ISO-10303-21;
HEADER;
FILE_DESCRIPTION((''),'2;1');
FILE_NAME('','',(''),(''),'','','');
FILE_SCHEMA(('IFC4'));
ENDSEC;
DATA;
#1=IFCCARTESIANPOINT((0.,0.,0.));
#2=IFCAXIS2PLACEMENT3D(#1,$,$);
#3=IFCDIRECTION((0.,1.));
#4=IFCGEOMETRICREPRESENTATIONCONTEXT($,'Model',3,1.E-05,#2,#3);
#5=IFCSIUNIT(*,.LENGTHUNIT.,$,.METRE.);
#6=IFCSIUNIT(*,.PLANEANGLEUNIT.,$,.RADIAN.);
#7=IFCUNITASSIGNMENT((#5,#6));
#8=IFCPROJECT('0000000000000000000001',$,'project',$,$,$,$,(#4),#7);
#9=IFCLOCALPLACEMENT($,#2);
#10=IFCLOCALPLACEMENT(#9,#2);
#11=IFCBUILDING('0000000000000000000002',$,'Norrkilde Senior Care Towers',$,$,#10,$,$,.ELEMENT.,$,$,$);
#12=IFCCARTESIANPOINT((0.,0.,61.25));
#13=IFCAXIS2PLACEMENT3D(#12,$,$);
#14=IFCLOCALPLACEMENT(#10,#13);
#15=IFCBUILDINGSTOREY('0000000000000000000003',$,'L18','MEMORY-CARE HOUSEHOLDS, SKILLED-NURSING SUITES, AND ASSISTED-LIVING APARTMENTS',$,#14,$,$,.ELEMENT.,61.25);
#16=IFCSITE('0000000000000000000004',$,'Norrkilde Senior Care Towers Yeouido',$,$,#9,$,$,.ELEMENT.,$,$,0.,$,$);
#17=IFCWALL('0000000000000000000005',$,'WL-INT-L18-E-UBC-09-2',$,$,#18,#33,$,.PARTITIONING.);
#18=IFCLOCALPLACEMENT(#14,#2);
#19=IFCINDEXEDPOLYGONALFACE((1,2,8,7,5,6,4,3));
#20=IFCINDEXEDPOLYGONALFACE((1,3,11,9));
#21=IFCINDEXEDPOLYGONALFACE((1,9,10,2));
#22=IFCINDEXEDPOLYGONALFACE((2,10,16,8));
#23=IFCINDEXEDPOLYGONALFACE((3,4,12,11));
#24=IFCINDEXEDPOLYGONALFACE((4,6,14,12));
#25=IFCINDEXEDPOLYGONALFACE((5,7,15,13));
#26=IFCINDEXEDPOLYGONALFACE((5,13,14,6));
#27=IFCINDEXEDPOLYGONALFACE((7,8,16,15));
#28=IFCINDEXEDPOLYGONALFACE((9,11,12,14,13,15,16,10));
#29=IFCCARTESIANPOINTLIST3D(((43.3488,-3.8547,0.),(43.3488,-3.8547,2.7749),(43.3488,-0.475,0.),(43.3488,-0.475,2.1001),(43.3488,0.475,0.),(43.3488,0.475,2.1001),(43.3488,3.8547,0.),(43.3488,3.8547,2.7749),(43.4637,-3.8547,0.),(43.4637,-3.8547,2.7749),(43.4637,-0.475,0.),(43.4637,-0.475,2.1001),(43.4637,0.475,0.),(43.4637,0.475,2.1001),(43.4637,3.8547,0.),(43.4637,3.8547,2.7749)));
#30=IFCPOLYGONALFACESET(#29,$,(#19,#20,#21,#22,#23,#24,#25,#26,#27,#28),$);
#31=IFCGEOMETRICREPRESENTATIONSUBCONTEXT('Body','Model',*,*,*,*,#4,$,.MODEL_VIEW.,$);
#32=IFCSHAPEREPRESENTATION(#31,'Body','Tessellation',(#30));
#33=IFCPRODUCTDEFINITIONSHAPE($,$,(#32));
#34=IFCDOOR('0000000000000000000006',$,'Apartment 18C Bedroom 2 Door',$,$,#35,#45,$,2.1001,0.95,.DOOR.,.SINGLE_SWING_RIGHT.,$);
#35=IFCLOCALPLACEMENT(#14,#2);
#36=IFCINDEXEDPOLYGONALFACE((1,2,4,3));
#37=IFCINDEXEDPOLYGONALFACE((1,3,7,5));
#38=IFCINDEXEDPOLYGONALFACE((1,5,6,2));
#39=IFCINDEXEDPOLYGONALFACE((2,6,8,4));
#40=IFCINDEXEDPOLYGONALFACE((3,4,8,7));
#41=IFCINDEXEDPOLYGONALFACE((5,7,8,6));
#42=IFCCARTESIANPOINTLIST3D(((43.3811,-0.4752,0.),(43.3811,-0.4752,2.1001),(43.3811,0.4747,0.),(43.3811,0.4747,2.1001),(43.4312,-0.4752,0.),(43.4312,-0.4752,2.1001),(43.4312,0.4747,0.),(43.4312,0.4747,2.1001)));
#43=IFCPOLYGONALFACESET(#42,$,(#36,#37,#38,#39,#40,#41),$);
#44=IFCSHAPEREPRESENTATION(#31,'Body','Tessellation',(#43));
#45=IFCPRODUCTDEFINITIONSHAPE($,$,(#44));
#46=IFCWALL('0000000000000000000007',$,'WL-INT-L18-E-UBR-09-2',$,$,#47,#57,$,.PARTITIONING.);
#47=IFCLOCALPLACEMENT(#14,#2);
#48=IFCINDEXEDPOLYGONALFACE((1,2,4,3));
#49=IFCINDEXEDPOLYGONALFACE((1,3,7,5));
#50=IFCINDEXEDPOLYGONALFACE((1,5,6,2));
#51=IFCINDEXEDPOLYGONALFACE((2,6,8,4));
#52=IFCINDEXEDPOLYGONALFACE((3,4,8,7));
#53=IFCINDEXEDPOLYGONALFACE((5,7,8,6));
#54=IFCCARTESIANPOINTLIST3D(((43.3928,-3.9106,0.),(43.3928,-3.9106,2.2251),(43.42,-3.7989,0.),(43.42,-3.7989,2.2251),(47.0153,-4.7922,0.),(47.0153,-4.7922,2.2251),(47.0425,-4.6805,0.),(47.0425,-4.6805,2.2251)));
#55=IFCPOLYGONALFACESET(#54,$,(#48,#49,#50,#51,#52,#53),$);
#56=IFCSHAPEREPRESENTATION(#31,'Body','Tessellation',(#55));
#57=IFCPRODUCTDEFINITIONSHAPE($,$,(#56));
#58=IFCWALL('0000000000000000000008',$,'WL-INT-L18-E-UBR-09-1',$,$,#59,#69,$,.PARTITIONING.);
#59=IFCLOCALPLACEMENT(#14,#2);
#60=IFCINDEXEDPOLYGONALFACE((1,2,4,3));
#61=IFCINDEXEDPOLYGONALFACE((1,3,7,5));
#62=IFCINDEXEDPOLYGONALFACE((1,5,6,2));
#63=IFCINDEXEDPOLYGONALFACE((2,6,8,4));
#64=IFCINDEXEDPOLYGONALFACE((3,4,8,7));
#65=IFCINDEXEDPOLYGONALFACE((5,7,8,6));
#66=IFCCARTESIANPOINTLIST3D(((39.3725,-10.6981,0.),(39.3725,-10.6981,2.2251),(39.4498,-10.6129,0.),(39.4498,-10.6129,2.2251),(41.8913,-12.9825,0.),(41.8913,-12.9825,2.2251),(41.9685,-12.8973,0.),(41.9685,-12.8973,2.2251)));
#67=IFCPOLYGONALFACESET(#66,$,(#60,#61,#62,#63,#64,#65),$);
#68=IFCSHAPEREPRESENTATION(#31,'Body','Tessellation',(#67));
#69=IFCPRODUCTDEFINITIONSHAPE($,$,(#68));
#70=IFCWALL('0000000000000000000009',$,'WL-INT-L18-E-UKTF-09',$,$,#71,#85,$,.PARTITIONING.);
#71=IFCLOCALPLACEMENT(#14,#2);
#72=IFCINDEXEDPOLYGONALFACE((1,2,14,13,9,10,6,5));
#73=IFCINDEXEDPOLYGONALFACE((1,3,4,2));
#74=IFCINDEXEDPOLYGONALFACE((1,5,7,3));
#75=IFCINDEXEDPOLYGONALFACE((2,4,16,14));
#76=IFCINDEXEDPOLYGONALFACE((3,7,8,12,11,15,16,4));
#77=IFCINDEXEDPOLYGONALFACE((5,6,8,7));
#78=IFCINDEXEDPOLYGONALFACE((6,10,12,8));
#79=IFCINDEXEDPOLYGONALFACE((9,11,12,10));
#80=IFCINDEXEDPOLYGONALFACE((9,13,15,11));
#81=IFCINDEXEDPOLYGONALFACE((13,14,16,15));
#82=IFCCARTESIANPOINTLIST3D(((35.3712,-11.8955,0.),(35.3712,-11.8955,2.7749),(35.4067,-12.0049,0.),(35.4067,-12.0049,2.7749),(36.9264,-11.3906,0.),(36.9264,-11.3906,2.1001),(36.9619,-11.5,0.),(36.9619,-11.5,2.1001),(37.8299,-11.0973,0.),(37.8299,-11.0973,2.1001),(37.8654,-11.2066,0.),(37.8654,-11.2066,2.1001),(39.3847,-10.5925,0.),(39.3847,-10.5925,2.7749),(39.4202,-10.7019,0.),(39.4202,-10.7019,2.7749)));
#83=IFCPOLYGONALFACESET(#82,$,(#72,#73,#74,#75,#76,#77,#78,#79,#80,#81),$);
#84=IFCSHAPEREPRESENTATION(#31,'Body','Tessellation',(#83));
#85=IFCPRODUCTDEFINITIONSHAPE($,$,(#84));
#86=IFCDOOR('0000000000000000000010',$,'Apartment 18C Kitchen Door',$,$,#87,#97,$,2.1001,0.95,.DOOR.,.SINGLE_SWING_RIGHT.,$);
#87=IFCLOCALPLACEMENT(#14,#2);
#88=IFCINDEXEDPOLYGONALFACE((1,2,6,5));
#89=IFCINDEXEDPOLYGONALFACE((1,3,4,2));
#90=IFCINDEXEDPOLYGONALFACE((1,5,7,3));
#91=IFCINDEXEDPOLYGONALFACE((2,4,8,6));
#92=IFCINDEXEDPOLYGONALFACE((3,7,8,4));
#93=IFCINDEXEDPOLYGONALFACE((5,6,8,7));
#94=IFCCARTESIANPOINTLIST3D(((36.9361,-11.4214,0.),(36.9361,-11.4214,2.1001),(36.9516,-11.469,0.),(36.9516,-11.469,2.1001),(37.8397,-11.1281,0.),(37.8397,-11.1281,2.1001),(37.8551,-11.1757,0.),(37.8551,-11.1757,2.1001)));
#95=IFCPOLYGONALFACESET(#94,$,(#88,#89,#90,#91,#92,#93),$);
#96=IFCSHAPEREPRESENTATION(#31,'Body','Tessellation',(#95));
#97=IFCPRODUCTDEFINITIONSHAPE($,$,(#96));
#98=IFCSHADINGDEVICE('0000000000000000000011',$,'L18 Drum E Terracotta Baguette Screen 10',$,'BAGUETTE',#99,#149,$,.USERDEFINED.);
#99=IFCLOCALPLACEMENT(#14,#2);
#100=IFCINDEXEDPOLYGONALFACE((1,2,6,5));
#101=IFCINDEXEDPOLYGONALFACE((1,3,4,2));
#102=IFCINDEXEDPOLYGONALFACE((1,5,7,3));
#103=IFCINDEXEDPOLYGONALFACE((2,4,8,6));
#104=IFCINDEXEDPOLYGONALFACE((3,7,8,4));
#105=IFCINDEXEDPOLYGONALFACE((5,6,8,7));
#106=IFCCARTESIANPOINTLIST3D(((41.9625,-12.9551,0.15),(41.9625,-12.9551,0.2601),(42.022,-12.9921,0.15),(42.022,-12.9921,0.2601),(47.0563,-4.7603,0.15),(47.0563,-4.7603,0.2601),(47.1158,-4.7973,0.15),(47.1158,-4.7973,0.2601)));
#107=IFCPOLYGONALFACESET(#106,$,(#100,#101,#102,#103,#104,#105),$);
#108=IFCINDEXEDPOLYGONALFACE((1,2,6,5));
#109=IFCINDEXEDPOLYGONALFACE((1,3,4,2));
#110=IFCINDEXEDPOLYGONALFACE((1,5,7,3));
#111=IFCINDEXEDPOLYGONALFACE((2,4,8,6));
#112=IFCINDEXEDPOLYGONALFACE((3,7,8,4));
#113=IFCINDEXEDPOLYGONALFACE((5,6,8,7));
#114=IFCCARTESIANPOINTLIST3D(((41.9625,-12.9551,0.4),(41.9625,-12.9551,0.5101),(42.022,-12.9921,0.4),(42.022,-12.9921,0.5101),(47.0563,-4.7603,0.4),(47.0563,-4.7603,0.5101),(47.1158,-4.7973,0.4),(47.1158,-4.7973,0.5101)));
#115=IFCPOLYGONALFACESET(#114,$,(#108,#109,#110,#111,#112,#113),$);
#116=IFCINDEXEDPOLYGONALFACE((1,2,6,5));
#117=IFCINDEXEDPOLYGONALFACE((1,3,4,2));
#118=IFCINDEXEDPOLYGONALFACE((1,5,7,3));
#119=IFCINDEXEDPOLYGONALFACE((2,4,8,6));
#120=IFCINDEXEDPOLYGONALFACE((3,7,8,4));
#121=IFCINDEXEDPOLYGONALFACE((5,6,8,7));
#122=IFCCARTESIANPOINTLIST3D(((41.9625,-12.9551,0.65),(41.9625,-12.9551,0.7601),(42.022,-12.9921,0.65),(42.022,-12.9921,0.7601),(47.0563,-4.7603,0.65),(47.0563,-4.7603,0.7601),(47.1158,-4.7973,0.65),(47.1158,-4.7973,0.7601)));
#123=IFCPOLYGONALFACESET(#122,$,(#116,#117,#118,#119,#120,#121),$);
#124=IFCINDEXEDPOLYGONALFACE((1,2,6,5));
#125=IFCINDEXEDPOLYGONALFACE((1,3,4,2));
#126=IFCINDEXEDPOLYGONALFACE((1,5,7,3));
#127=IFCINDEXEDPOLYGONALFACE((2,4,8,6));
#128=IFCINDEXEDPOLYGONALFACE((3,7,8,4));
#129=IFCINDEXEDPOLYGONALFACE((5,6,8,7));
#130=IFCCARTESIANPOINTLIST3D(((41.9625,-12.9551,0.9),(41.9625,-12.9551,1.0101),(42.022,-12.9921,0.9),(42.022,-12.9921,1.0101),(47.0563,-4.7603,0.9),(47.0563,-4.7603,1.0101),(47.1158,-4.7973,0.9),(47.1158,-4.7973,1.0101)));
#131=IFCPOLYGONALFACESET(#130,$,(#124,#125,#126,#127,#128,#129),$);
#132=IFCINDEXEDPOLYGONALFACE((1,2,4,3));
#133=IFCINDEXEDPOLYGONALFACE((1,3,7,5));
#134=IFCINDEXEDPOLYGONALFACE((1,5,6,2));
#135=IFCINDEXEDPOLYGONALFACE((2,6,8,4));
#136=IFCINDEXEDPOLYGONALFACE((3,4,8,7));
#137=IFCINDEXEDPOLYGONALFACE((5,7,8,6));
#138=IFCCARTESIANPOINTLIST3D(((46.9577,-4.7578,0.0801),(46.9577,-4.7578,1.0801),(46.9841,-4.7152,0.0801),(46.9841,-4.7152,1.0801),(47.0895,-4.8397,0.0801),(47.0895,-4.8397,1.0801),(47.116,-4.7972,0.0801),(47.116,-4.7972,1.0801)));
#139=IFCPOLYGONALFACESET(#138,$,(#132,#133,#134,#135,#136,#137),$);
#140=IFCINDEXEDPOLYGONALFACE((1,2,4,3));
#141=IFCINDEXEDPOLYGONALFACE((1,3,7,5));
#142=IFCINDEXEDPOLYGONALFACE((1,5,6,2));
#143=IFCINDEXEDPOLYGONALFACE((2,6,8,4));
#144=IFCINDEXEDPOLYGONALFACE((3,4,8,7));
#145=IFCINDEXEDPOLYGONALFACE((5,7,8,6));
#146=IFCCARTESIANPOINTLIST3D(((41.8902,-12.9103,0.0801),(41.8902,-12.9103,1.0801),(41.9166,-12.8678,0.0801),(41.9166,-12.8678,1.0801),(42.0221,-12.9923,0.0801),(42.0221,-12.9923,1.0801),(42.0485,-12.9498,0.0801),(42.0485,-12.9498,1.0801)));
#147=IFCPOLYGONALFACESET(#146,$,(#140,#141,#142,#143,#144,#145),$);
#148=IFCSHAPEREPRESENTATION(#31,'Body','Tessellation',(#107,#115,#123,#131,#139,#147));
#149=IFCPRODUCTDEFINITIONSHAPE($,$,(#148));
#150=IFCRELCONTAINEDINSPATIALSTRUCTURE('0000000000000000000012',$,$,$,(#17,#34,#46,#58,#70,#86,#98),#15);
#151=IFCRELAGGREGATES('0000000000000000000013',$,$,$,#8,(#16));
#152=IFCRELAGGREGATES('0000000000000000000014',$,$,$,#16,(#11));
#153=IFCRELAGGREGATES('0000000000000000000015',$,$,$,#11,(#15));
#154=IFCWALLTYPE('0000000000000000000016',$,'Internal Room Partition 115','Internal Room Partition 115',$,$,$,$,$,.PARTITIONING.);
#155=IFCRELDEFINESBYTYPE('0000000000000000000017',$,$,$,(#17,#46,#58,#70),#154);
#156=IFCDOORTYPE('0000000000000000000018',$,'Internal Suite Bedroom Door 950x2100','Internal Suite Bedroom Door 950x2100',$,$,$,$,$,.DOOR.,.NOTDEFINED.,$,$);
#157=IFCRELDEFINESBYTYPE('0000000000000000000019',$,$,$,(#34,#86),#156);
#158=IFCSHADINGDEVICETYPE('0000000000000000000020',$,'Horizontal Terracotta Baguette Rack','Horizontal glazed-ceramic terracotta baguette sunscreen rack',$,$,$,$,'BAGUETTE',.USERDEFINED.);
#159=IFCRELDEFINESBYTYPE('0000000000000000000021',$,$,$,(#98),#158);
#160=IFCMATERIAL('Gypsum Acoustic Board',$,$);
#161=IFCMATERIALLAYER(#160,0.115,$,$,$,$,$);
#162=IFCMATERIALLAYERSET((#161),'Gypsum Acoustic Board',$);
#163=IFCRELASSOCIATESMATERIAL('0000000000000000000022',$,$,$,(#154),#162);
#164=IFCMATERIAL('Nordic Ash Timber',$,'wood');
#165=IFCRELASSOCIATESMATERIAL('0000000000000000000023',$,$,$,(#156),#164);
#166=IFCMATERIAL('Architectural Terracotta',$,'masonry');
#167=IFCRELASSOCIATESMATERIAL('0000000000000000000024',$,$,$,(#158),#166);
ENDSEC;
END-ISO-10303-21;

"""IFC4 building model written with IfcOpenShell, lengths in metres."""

from ifc_helpers import new_model, si_unit, direction, frame, frame_2d, origin, origin_2d, place, context, subcontext, project, spatial, rectangle, extrude, source, transform, mapped, material, layer, layer_set, type_object, type_shapes, element, fill, save


model = new_model("IFC4")

# Units and contexts
model_context = context("Model", 3, precision=1e-05, world=origin(), true_north=direction((0.0, 1.0)))
body_context = subcontext(model_context, "Body", "Model", "MODEL_VIEW")
ifc_project = project(units=[si_unit("LENGTHUNIT", "METRE"), si_unit("PLANEANGLEUNIT", "RADIAN")], contexts=[model_context])

# Site, building, storey
site_placement = place(None, origin())
site = spatial("IfcSite", under=ifc_project, at=site_placement, Name="Norrkilde Senior Care Towers Yeouido", CompositionType="ELEMENT", RefElevation=0.0)
building_placement = place(site_placement, origin())
building = spatial("IfcBuilding", under=site, at=building_placement, Name="Norrkilde Senior Care Towers", CompositionType="ELEMENT")
storey_placement = place(building_placement, frame((0.0, 0.0, 61.25)))
storey = spatial("IfcBuildingStorey", under=building, at=storey_placement, Name="L18", Description="MEMORY-CARE HOUSEHOLDS, SKILLED-NURSING SUITES, AND ASSISTED-LIVING APARTMENTS", CompositionType="ELEMENT", Elevation=61.25)

# Shared definitions
ifc_material_1 = material(Name="Gypsum Acoustic Board")
ifc_material_2 = material(Name="Nordic Ash Timber", Category="wood")

# Wall, opening, door
ifc_layer_1 = layer(ifc_material_1, 0.115)
ifc_layer_set_1 = layer_set([ifc_layer_1], Name="Gypsum Acoustic Board")
wall_type_1 = type_object("IfcWallType", Name="Internal Room Partition 115", Description="Internal Room Partition 115", PredefinedType="PARTITIONING", material=ifc_layer_set_1)
door_type_1 = type_object("IfcDoorType", Name="Internal Suite Bedroom Door 950x2100", Description="Internal Suite Bedroom Door 950x2100", OperationType="NOTDEFINED", PredefinedType="DOOR", material=ifc_material_2)
shared_shape_1 = source(origin(), body_context, "Body", "SweptSolid", [
    extrude(rectangle(XDim=0.95, YDim=2.1001, at=frame_2d((0.4751, 1.05))), frame((0.0, 0.0249, 0.0), z_axis=(0.0, -1.0, 0.0), x_axis=(1.0, 0.0, 0.0)), (0.0, 0.0, 1.0), 0.05),
])
type_shapes(door_type_1, [shared_shape_1])
shared_shape_2 = source(origin(), body_context, "Body", "SweptSolid", [
    extrude(rectangle(XDim=7.7095, YDim=0.115, at=frame_2d((3.8547, 0.0))), origin(), (0.0, 0.0, 1.0), 2.7749),
])
wall_1_placement = place(storey_placement, frame((43.4062, -3.8547, 0.0), z_axis=(0.0, 0.0, 1.0), x_axis=(0.0, 1.0, 0.0)))
wall_1 = element("IfcWall", 1, at=wall_1_placement, inside=storey, type_object=wall_type_1, Name="WL-INT-L18-E-UBC-09-2", PredefinedType="PARTITIONING", context=body_context, shape_type="MappedRepresentation", body=[
    mapped(shared_shape_2, transform((0.0, 0.0, 0.0), x_axis=(1.0, 0.0, 0.0), y_axis=(0.0, 1.0, 0.0), z_axis=(0.0, 0.0, 1.0), scale=1.0)),
])
opening_1_placement = place(wall_1_placement, frame((3.3796, 0.0, 0.0)))
opening_1 = element("IfcOpeningElement", 2, at=opening_1_placement, cuts=wall_1, PredefinedType="OPENING", context=body_context, shape_type="SweptSolid", body=[
    extrude(rectangle(XDim=0.95, YDim=2.1001, at=frame_2d((0.4751, 1.05))), frame((0.0, 0.0674, 0.0), z_axis=(0.0, -1.0, 0.0), x_axis=(1.0, 0.0, 0.0)), (0.0, 0.0, 1.0), 0.135),
])
door_1_placement = place(opening_1_placement, frame((0.95, 0.0, 0.0), z_axis=(0.0, 0.0, 1.0), x_axis=(-1.0, 0.0, 0.0)))
door_1 = element("IfcDoor", 3, at=door_1_placement, inside=storey, type_object=door_type_1, Name="Apartment 18C Bedroom 2 Door", OperationType="SINGLE_SWING_RIGHT", OverallHeight=2.1001, OverallWidth=0.95, PredefinedType="DOOR", context=body_context, shape_type="MappedRepresentation", body=[
    mapped(shared_shape_1, transform((0.0, 0.0, 0.0), x_axis=(1.0, 0.0, 0.0), y_axis=(0.0, 1.0, 0.0), z_axis=(0.0, 0.0, 1.0), scale=1.0)),
])
fill(opening_1, door_1)

# Walls
shared_shape_3 = source(origin(), body_context, "Body", "SweptSolid", [
    extrude(rectangle(XDim=3.7283, YDim=0.115, at=frame_2d((1.8643, 0.0))), origin(), (0.0, 0.0, 1.0), 2.2251),
])
wall_2_placement = place(storey_placement, frame((43.4062, -3.8547, 0.0), z_axis=(0.0, 0.0, 1.0), x_axis=(0.971641, -0.23646, 0.0)))
element("IfcWall", 4, at=wall_2_placement, inside=storey, type_object=wall_type_1, Name="WL-INT-L18-E-UBR-09-2", PredefinedType="PARTITIONING", context=body_context, shape_type="MappedRepresentation", body=[
    mapped(shared_shape_3, transform((0.0, 0.0, 0.0), x_axis=(1.0, 0.0, 0.0), y_axis=(0.0, 1.0, 0.0), z_axis=(0.0, 0.0, 1.0), scale=1.0)),
])
shared_shape_4 = source(origin(), body_context, "Body", "SweptSolid", [
    extrude(rectangle(XDim=3.4004, YDim=0.115, at=frame_2d((1.7002, 0.0))), origin(), (0.0, 0.0, 1.0), 2.2251),
])
wall_3_placement = place(storey_placement, frame((39.4111, -10.6555, 0.0), z_axis=(0.0, 0.0, 1.0), x_axis=(0.740729, -0.671804, 0.0)))
element("IfcWall", 5, at=wall_3_placement, inside=storey, type_object=wall_type_1, Name="WL-INT-L18-E-UBR-09-1", PredefinedType="PARTITIONING", context=body_context, shape_type="MappedRepresentation", body=[
    mapped(shared_shape_4, transform((0.0, 0.0, 0.0), x_axis=(1.0, 0.0, 0.0), y_axis=(0.0, 1.0, 0.0), z_axis=(0.0, 0.0, 1.0), scale=1.0)),
])

# Wall, opening, door
shared_shape_5 = source(origin(), body_context, "Body", "SweptSolid", [
    extrude(rectangle(XDim=4.2197, YDim=0.115, at=frame_2d((2.1099, 0.0))), origin(), (0.0, 0.0, 1.0), 2.7749),
])
wall_4_placement = place(storey_placement, frame((35.3889, -11.9502, 0.0), z_axis=(0.0, 0.0, 1.0), x_axis=(0.951131, 0.308789, 0.0)))
wall_4 = element("IfcWall", 6, at=wall_4_placement, inside=storey, type_object=wall_type_1, Name="WL-INT-L18-E-UKTF-09", PredefinedType="PARTITIONING", context=body_context, shape_type="MappedRepresentation", body=[
    mapped(shared_shape_5, transform((0.0, 0.0, 0.0), x_axis=(1.0, 0.0, 0.0), y_axis=(0.0, 1.0, 0.0), z_axis=(0.0, 0.0, 1.0), scale=1.0)),
])
opening_2_placement = place(wall_4_placement, frame((1.635, 0.0, 0.0)))
opening_2 = element("IfcOpeningElement", 7, at=opening_2_placement, cuts=wall_4, PredefinedType="OPENING", context=body_context, shape_type="SweptSolid", body=[
    extrude(rectangle(XDim=0.95, YDim=2.1001, at=frame_2d((0.4751, 1.05))), frame((0.0, 0.0674, 0.0), z_axis=(0.0, -1.0, 0.0), x_axis=(1.0, 0.0, 0.0)), (0.0, 0.0, 1.0), 0.135),
])
door_2_placement = place(opening_2_placement, frame((0.95, 0.0, 0.0), z_axis=(0.0, 0.0, 1.0), x_axis=(-1.0, 0.0, 0.0)))
door_2 = element("IfcDoor", 8, at=door_2_placement, inside=storey, type_object=door_type_1, Name="Apartment 18C Kitchen Door", OperationType="SINGLE_SWING_RIGHT", OverallHeight=2.1001, OverallWidth=0.95, PredefinedType="DOOR", context=body_context, shape_type="MappedRepresentation", body=[
    mapped(shared_shape_1, transform((0.0, 0.0, 0.0), x_axis=(1.0, 0.0, 0.0), y_axis=(0.0, 1.0, 0.0), z_axis=(0.0, 0.0, 1.0), scale=1.0)),
])
fill(opening_2, door_2)

# Shading device
ifc_material_3 = material(Name="Architectural Terracotta", Category="masonry")
shading_device_type = type_object("IfcShadingDeviceType", Name="Horizontal Terracotta Baguette Rack", Description="Horizontal glazed-ceramic terracotta baguette sunscreen rack", ElementType="BAGUETTE", PredefinedType="USERDEFINED", material=ifc_material_3)
shared_shape_6 = source(origin(), body_context, "Body", "SweptSolid", [
    extrude(rectangle(XDim=0.0701, YDim=0.1101, at=origin_2d()), frame((0.0, 0.0901, 0.125), z_axis=(1.0, 0.0, 0.0), x_axis=(0.0, 1.0, 0.0)), (0.0, 0.0, 1.0), 9.6489),
    extrude(rectangle(XDim=0.0701, YDim=0.1101, at=origin_2d()), frame((0.0, 0.0901, 0.375), z_axis=(1.0, 0.0, 0.0), x_axis=(0.0, 1.0, 0.0)), (0.0, 0.0, 1.0), 9.6489),
    extrude(rectangle(XDim=0.0701, YDim=0.1101, at=origin_2d()), frame((0.0, 0.0901, 0.625), z_axis=(1.0, 0.0, 0.0), x_axis=(0.0, 1.0, 0.0)), (0.0, 0.0, 1.0), 9.6489),
    extrude(rectangle(XDim=0.0701, YDim=0.1101, at=origin_2d()), frame((0.0, 0.0901, 0.875), z_axis=(1.0, 0.0, 0.0), x_axis=(0.0, 1.0, 0.0)), (0.0, 0.0, 1.0), 9.6489),
    extrude(rectangle(XDim=0.05, YDim=0.1553, at=origin_2d()), frame((0.0249, 0.0476, 0.0)), (0.0, 0.0, 1.0), 1.0),
    extrude(rectangle(XDim=0.05, YDim=0.1553, at=origin_2d()), frame((9.624, 0.0476, 0.0)), (0.0, 0.0, 1.0), 1.0),
])
type_shapes(shading_device_type, [shared_shape_6])
shading_device_placement = place(storey_placement, frame((47.0095, -4.7312, 0.0801), z_axis=(0.0, 0.0, 1.0), x_axis=(-0.527909, -0.849299, 0.0)))
element("IfcShadingDevice", 9, at=shading_device_placement, inside=storey, type_object=shading_device_type, Name="L18 Drum E Terracotta Baguette Screen 10", ObjectType="BAGUETTE", PredefinedType="USERDEFINED", context=body_context, shape_type="MappedRepresentation", body=[
    mapped(shared_shape_6, transform((0.0, 0.0, 0.0), x_axis=(1.0, 0.0, 0.0), y_axis=(0.0, 1.0, 0.0), z_axis=(0.0, 0.0, 1.0), scale=1.0)),
])

save(model, "model.ifc")
